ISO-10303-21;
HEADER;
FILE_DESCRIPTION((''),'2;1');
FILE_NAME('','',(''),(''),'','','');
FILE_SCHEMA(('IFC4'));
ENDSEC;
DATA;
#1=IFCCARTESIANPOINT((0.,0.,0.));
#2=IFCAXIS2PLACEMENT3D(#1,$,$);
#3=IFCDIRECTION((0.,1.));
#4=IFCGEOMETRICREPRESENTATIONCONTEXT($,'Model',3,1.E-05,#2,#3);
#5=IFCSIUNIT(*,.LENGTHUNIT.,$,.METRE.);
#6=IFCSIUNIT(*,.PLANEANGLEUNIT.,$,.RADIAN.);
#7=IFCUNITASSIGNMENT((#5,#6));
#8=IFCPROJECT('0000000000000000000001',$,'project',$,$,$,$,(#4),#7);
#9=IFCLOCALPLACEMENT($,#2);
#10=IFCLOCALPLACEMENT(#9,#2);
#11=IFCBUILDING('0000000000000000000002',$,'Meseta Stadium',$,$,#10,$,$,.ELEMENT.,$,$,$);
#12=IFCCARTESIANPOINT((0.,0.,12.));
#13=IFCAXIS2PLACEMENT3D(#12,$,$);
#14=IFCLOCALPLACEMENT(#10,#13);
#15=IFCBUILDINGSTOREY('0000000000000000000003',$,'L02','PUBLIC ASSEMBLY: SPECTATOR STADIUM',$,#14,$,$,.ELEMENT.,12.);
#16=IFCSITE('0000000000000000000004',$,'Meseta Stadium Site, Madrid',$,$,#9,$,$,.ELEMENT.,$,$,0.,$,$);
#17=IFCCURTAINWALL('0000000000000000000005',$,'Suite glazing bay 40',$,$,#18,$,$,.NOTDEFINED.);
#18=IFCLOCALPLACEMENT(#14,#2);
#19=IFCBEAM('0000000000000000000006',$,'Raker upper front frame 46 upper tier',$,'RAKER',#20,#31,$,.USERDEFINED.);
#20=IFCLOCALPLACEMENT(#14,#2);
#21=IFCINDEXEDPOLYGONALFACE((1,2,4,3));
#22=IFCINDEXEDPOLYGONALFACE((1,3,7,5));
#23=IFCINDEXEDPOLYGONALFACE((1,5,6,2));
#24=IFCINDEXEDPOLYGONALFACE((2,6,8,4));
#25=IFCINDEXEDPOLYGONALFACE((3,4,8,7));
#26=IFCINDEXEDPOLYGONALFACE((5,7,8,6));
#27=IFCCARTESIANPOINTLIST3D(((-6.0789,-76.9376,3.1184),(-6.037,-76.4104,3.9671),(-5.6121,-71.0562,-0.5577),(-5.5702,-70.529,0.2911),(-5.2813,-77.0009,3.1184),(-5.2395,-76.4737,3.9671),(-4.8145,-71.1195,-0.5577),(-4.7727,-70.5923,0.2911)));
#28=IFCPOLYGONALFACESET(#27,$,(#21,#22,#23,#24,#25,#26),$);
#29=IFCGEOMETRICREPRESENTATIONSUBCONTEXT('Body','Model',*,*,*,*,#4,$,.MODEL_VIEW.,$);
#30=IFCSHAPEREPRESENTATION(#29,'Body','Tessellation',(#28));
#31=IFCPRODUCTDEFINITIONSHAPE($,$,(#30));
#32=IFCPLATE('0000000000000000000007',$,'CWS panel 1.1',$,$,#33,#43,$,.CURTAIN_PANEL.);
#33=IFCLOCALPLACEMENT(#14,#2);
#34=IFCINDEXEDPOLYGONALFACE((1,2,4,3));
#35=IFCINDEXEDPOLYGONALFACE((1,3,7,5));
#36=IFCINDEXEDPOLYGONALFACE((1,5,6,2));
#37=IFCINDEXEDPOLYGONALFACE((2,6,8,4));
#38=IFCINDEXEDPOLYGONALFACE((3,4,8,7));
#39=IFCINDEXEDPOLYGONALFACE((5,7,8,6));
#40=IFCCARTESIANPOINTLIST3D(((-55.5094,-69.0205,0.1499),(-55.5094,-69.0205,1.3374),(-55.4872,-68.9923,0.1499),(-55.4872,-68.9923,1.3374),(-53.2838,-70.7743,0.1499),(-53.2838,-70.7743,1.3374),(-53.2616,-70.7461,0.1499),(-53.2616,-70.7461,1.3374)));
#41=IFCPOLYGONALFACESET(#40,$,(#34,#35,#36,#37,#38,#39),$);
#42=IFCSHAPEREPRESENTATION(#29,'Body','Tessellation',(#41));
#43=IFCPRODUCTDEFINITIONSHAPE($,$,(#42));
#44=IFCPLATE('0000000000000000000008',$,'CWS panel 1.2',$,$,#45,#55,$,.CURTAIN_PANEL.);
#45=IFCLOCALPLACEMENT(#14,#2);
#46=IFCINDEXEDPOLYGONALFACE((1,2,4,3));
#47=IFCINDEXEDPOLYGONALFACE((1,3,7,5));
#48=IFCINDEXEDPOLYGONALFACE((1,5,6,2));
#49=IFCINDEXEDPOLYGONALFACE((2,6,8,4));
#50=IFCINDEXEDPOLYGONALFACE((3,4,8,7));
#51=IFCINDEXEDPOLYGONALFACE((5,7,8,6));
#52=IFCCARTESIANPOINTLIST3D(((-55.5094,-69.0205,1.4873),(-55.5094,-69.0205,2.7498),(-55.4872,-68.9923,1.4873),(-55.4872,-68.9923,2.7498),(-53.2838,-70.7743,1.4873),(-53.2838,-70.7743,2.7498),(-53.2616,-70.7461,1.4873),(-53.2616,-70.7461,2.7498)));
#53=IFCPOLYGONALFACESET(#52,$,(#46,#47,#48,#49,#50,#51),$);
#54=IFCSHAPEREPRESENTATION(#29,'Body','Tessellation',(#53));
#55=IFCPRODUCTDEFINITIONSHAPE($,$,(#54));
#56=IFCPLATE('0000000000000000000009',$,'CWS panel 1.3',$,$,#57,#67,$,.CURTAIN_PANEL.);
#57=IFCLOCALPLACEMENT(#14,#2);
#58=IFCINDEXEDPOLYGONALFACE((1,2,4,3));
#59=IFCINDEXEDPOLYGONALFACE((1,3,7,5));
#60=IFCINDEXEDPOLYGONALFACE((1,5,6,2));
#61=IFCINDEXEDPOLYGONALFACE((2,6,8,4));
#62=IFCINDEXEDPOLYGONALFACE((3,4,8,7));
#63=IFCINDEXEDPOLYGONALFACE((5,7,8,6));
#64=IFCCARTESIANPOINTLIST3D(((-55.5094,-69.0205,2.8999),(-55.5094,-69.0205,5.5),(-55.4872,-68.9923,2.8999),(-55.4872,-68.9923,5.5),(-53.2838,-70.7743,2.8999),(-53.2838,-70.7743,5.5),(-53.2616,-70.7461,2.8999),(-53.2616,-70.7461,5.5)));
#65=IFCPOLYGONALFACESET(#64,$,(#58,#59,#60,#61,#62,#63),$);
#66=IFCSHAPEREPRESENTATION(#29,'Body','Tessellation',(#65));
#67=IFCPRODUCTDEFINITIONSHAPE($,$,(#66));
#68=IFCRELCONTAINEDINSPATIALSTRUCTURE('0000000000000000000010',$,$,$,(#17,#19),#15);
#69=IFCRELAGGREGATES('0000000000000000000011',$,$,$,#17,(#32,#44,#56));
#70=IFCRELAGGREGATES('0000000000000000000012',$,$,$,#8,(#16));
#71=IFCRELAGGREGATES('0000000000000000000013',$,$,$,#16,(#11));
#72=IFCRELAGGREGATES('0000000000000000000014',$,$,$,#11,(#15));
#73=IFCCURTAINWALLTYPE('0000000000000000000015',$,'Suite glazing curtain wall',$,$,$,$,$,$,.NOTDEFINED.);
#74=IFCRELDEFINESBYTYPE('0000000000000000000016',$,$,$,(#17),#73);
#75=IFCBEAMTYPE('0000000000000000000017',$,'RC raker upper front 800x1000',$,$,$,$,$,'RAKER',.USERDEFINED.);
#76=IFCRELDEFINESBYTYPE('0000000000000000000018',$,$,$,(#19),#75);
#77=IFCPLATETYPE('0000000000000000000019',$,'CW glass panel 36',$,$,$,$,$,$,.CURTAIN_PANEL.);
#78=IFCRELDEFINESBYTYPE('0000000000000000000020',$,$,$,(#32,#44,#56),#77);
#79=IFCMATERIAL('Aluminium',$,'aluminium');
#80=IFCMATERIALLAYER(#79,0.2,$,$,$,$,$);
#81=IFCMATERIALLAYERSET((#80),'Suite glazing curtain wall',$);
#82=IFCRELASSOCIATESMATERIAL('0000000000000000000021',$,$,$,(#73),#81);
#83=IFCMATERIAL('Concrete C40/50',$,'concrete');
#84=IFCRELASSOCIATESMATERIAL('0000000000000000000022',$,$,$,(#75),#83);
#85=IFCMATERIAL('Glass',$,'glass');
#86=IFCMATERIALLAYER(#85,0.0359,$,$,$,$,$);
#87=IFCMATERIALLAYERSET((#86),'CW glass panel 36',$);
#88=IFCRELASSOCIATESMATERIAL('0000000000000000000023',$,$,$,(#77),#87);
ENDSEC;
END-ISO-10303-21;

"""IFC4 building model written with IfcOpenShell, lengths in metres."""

from ifc_helpers import new_model, si_unit, direction, frame, origin, origin_2d, place, context, subcontext, project, spatial, rectangle, extrude, material, layer, layer_set, material_profile, profile_set, type_object, element, aggregate, save


model = new_model("IFC4")

# Units and contexts
model_context = context("Model", 3, precision=1e-05, world=origin(), true_north=direction((0.0, 1.0)))
body_context = subcontext(model_context, "Body", "Model", "MODEL_VIEW")
ifc_project = project(units=[si_unit("LENGTHUNIT", "METRE"), si_unit("PLANEANGLEUNIT", "RADIAN")], contexts=[model_context])

# Site, building, storey
site_placement = place(None, origin())
site = spatial("IfcSite", under=ifc_project, at=site_placement, Name="Meseta Stadium Site, Madrid", CompositionType="ELEMENT", RefElevation=0.0)
building_placement = place(site_placement, origin())
building = spatial("IfcBuilding", under=site, at=building_placement, Name="Meseta Stadium", CompositionType="ELEMENT")
storey_placement = place(building_placement, frame((0.0, 0.0, 12.0)))
storey = spatial("IfcBuildingStorey", under=building, at=storey_placement, Name="L02", Description="PUBLIC ASSEMBLY: SPECTATOR STADIUM", CompositionType="ELEMENT", Elevation=12.0)

# Curtain wall
ifc_material_1 = material(Name="Aluminium", Category="aluminium")
ifc_layer_1 = layer(ifc_material_1, 0.2)
ifc_layer_set_1 = layer_set([ifc_layer_1], Name="Suite glazing curtain wall")
curtain_wall_type = type_object("IfcCurtainWallType", Name="Suite glazing curtain wall", PredefinedType="NOTDEFINED", material=ifc_layer_set_1)
curtain_wall_placement = place(storey_placement, origin())
curtain_wall = element("IfcCurtainWall", 1, at=curtain_wall_placement, inside=storey, type_object=curtain_wall_type, Name="Suite glazing bay 40", PredefinedType="NOTDEFINED")

# Beam
ifc_material_2 = material(Name="Concrete C40/50", Category="concrete")
ifc_material_profile_1 = material_profile(ifc_material_2, rectangle(XDim=0.8, YDim=1.0, at=origin_2d()), Name="RC 800x1000")
ifc_profile_set_1 = profile_set([ifc_material_profile_1], Name="Concrete C40/50")
beam_type = type_object("IfcBeamType", Name="RC raker upper front 800x1000", ElementType="RAKER", PredefinedType="USERDEFINED", material=ifc_profile_set_1)
beam_1_placement = place(storey_placement, frame((-5.1924, -70.8242, -0.1333), z_axis=(-0.067152, -0.846072, 0.528822), x_axis=(0.996865, -0.07912, 0.0)))
element("IfcBeam", 2, at=beam_1_placement, inside=storey, type_object=beam_type, Name="Raker upper front frame 46 upper tier", ObjectType="RAKER", PredefinedType="USERDEFINED", context=body_context, shape_type="SweptSolid", body=[
    extrude(rectangle(XDim=0.8, YDim=1.0, at=origin_2d()), origin(), (0.0, 0.0, 1.0), 6.9514),
])

# Plates
ifc_material_3 = material(Name="Glass", Category="glass")
ifc_layer_2 = layer(ifc_material_3, 0.0359)
ifc_layer_set_2 = layer_set([ifc_layer_2], Name="CW glass panel 36")
plate_type = type_object("IfcPlateType", Name="CW glass panel 36", PredefinedType="CURTAIN_PANEL", material=ifc_layer_set_2)
plate_1_placement = place(storey_placement, frame((-54.3855, -69.8833, 0.1499), z_axis=(0.0, 0.0, 1.0), x_axis=(0.785435, -0.618944, 0.0)))
plate_1 = element("IfcPlate", 3, at=plate_1_placement, type_object=plate_type, Name="CWS panel 1.1", PredefinedType="CURTAIN_PANEL", context=body_context, shape_type="SweptSolid", body=[
    extrude(rectangle(XDim=2.8335, YDim=0.0359, at=origin_2d()), origin(), (0.0, 0.0, 1.0), 1.1875),
])
plate_2_placement = place(storey_placement, frame((-54.3855, -69.8833, 1.4873), z_axis=(0.0, 0.0, 1.0), x_axis=(0.785435, -0.618944, 0.0)))
plate_2 = element("IfcPlate", 4, at=plate_2_placement, type_object=plate_type, Name="CWS panel 1.2", PredefinedType="CURTAIN_PANEL", context=body_context, shape_type="SweptSolid", body=[
    extrude(rectangle(XDim=2.8335, YDim=0.0359, at=origin_2d()), origin(), (0.0, 0.0, 1.0), 1.2625),
])
plate_3_placement = place(storey_placement, frame((-54.3855, -69.8833, 2.8999), z_axis=(0.0, 0.0, 1.0), x_axis=(0.785435, -0.618944, 0.0)))
plate_3 = element("IfcPlate", 5, at=plate_3_placement, type_object=plate_type, Name="CWS panel 1.3", PredefinedType="CURTAIN_PANEL", context=body_context, shape_type="SweptSolid", body=[
    extrude(rectangle(XDim=2.8335, YDim=0.0359, at=origin_2d()), origin(), (0.0, 0.0, 1.0), 2.6001),
])
aggregate(curtain_wall, [plate_1, plate_2, plate_3])

save(model, "model.ifc")
